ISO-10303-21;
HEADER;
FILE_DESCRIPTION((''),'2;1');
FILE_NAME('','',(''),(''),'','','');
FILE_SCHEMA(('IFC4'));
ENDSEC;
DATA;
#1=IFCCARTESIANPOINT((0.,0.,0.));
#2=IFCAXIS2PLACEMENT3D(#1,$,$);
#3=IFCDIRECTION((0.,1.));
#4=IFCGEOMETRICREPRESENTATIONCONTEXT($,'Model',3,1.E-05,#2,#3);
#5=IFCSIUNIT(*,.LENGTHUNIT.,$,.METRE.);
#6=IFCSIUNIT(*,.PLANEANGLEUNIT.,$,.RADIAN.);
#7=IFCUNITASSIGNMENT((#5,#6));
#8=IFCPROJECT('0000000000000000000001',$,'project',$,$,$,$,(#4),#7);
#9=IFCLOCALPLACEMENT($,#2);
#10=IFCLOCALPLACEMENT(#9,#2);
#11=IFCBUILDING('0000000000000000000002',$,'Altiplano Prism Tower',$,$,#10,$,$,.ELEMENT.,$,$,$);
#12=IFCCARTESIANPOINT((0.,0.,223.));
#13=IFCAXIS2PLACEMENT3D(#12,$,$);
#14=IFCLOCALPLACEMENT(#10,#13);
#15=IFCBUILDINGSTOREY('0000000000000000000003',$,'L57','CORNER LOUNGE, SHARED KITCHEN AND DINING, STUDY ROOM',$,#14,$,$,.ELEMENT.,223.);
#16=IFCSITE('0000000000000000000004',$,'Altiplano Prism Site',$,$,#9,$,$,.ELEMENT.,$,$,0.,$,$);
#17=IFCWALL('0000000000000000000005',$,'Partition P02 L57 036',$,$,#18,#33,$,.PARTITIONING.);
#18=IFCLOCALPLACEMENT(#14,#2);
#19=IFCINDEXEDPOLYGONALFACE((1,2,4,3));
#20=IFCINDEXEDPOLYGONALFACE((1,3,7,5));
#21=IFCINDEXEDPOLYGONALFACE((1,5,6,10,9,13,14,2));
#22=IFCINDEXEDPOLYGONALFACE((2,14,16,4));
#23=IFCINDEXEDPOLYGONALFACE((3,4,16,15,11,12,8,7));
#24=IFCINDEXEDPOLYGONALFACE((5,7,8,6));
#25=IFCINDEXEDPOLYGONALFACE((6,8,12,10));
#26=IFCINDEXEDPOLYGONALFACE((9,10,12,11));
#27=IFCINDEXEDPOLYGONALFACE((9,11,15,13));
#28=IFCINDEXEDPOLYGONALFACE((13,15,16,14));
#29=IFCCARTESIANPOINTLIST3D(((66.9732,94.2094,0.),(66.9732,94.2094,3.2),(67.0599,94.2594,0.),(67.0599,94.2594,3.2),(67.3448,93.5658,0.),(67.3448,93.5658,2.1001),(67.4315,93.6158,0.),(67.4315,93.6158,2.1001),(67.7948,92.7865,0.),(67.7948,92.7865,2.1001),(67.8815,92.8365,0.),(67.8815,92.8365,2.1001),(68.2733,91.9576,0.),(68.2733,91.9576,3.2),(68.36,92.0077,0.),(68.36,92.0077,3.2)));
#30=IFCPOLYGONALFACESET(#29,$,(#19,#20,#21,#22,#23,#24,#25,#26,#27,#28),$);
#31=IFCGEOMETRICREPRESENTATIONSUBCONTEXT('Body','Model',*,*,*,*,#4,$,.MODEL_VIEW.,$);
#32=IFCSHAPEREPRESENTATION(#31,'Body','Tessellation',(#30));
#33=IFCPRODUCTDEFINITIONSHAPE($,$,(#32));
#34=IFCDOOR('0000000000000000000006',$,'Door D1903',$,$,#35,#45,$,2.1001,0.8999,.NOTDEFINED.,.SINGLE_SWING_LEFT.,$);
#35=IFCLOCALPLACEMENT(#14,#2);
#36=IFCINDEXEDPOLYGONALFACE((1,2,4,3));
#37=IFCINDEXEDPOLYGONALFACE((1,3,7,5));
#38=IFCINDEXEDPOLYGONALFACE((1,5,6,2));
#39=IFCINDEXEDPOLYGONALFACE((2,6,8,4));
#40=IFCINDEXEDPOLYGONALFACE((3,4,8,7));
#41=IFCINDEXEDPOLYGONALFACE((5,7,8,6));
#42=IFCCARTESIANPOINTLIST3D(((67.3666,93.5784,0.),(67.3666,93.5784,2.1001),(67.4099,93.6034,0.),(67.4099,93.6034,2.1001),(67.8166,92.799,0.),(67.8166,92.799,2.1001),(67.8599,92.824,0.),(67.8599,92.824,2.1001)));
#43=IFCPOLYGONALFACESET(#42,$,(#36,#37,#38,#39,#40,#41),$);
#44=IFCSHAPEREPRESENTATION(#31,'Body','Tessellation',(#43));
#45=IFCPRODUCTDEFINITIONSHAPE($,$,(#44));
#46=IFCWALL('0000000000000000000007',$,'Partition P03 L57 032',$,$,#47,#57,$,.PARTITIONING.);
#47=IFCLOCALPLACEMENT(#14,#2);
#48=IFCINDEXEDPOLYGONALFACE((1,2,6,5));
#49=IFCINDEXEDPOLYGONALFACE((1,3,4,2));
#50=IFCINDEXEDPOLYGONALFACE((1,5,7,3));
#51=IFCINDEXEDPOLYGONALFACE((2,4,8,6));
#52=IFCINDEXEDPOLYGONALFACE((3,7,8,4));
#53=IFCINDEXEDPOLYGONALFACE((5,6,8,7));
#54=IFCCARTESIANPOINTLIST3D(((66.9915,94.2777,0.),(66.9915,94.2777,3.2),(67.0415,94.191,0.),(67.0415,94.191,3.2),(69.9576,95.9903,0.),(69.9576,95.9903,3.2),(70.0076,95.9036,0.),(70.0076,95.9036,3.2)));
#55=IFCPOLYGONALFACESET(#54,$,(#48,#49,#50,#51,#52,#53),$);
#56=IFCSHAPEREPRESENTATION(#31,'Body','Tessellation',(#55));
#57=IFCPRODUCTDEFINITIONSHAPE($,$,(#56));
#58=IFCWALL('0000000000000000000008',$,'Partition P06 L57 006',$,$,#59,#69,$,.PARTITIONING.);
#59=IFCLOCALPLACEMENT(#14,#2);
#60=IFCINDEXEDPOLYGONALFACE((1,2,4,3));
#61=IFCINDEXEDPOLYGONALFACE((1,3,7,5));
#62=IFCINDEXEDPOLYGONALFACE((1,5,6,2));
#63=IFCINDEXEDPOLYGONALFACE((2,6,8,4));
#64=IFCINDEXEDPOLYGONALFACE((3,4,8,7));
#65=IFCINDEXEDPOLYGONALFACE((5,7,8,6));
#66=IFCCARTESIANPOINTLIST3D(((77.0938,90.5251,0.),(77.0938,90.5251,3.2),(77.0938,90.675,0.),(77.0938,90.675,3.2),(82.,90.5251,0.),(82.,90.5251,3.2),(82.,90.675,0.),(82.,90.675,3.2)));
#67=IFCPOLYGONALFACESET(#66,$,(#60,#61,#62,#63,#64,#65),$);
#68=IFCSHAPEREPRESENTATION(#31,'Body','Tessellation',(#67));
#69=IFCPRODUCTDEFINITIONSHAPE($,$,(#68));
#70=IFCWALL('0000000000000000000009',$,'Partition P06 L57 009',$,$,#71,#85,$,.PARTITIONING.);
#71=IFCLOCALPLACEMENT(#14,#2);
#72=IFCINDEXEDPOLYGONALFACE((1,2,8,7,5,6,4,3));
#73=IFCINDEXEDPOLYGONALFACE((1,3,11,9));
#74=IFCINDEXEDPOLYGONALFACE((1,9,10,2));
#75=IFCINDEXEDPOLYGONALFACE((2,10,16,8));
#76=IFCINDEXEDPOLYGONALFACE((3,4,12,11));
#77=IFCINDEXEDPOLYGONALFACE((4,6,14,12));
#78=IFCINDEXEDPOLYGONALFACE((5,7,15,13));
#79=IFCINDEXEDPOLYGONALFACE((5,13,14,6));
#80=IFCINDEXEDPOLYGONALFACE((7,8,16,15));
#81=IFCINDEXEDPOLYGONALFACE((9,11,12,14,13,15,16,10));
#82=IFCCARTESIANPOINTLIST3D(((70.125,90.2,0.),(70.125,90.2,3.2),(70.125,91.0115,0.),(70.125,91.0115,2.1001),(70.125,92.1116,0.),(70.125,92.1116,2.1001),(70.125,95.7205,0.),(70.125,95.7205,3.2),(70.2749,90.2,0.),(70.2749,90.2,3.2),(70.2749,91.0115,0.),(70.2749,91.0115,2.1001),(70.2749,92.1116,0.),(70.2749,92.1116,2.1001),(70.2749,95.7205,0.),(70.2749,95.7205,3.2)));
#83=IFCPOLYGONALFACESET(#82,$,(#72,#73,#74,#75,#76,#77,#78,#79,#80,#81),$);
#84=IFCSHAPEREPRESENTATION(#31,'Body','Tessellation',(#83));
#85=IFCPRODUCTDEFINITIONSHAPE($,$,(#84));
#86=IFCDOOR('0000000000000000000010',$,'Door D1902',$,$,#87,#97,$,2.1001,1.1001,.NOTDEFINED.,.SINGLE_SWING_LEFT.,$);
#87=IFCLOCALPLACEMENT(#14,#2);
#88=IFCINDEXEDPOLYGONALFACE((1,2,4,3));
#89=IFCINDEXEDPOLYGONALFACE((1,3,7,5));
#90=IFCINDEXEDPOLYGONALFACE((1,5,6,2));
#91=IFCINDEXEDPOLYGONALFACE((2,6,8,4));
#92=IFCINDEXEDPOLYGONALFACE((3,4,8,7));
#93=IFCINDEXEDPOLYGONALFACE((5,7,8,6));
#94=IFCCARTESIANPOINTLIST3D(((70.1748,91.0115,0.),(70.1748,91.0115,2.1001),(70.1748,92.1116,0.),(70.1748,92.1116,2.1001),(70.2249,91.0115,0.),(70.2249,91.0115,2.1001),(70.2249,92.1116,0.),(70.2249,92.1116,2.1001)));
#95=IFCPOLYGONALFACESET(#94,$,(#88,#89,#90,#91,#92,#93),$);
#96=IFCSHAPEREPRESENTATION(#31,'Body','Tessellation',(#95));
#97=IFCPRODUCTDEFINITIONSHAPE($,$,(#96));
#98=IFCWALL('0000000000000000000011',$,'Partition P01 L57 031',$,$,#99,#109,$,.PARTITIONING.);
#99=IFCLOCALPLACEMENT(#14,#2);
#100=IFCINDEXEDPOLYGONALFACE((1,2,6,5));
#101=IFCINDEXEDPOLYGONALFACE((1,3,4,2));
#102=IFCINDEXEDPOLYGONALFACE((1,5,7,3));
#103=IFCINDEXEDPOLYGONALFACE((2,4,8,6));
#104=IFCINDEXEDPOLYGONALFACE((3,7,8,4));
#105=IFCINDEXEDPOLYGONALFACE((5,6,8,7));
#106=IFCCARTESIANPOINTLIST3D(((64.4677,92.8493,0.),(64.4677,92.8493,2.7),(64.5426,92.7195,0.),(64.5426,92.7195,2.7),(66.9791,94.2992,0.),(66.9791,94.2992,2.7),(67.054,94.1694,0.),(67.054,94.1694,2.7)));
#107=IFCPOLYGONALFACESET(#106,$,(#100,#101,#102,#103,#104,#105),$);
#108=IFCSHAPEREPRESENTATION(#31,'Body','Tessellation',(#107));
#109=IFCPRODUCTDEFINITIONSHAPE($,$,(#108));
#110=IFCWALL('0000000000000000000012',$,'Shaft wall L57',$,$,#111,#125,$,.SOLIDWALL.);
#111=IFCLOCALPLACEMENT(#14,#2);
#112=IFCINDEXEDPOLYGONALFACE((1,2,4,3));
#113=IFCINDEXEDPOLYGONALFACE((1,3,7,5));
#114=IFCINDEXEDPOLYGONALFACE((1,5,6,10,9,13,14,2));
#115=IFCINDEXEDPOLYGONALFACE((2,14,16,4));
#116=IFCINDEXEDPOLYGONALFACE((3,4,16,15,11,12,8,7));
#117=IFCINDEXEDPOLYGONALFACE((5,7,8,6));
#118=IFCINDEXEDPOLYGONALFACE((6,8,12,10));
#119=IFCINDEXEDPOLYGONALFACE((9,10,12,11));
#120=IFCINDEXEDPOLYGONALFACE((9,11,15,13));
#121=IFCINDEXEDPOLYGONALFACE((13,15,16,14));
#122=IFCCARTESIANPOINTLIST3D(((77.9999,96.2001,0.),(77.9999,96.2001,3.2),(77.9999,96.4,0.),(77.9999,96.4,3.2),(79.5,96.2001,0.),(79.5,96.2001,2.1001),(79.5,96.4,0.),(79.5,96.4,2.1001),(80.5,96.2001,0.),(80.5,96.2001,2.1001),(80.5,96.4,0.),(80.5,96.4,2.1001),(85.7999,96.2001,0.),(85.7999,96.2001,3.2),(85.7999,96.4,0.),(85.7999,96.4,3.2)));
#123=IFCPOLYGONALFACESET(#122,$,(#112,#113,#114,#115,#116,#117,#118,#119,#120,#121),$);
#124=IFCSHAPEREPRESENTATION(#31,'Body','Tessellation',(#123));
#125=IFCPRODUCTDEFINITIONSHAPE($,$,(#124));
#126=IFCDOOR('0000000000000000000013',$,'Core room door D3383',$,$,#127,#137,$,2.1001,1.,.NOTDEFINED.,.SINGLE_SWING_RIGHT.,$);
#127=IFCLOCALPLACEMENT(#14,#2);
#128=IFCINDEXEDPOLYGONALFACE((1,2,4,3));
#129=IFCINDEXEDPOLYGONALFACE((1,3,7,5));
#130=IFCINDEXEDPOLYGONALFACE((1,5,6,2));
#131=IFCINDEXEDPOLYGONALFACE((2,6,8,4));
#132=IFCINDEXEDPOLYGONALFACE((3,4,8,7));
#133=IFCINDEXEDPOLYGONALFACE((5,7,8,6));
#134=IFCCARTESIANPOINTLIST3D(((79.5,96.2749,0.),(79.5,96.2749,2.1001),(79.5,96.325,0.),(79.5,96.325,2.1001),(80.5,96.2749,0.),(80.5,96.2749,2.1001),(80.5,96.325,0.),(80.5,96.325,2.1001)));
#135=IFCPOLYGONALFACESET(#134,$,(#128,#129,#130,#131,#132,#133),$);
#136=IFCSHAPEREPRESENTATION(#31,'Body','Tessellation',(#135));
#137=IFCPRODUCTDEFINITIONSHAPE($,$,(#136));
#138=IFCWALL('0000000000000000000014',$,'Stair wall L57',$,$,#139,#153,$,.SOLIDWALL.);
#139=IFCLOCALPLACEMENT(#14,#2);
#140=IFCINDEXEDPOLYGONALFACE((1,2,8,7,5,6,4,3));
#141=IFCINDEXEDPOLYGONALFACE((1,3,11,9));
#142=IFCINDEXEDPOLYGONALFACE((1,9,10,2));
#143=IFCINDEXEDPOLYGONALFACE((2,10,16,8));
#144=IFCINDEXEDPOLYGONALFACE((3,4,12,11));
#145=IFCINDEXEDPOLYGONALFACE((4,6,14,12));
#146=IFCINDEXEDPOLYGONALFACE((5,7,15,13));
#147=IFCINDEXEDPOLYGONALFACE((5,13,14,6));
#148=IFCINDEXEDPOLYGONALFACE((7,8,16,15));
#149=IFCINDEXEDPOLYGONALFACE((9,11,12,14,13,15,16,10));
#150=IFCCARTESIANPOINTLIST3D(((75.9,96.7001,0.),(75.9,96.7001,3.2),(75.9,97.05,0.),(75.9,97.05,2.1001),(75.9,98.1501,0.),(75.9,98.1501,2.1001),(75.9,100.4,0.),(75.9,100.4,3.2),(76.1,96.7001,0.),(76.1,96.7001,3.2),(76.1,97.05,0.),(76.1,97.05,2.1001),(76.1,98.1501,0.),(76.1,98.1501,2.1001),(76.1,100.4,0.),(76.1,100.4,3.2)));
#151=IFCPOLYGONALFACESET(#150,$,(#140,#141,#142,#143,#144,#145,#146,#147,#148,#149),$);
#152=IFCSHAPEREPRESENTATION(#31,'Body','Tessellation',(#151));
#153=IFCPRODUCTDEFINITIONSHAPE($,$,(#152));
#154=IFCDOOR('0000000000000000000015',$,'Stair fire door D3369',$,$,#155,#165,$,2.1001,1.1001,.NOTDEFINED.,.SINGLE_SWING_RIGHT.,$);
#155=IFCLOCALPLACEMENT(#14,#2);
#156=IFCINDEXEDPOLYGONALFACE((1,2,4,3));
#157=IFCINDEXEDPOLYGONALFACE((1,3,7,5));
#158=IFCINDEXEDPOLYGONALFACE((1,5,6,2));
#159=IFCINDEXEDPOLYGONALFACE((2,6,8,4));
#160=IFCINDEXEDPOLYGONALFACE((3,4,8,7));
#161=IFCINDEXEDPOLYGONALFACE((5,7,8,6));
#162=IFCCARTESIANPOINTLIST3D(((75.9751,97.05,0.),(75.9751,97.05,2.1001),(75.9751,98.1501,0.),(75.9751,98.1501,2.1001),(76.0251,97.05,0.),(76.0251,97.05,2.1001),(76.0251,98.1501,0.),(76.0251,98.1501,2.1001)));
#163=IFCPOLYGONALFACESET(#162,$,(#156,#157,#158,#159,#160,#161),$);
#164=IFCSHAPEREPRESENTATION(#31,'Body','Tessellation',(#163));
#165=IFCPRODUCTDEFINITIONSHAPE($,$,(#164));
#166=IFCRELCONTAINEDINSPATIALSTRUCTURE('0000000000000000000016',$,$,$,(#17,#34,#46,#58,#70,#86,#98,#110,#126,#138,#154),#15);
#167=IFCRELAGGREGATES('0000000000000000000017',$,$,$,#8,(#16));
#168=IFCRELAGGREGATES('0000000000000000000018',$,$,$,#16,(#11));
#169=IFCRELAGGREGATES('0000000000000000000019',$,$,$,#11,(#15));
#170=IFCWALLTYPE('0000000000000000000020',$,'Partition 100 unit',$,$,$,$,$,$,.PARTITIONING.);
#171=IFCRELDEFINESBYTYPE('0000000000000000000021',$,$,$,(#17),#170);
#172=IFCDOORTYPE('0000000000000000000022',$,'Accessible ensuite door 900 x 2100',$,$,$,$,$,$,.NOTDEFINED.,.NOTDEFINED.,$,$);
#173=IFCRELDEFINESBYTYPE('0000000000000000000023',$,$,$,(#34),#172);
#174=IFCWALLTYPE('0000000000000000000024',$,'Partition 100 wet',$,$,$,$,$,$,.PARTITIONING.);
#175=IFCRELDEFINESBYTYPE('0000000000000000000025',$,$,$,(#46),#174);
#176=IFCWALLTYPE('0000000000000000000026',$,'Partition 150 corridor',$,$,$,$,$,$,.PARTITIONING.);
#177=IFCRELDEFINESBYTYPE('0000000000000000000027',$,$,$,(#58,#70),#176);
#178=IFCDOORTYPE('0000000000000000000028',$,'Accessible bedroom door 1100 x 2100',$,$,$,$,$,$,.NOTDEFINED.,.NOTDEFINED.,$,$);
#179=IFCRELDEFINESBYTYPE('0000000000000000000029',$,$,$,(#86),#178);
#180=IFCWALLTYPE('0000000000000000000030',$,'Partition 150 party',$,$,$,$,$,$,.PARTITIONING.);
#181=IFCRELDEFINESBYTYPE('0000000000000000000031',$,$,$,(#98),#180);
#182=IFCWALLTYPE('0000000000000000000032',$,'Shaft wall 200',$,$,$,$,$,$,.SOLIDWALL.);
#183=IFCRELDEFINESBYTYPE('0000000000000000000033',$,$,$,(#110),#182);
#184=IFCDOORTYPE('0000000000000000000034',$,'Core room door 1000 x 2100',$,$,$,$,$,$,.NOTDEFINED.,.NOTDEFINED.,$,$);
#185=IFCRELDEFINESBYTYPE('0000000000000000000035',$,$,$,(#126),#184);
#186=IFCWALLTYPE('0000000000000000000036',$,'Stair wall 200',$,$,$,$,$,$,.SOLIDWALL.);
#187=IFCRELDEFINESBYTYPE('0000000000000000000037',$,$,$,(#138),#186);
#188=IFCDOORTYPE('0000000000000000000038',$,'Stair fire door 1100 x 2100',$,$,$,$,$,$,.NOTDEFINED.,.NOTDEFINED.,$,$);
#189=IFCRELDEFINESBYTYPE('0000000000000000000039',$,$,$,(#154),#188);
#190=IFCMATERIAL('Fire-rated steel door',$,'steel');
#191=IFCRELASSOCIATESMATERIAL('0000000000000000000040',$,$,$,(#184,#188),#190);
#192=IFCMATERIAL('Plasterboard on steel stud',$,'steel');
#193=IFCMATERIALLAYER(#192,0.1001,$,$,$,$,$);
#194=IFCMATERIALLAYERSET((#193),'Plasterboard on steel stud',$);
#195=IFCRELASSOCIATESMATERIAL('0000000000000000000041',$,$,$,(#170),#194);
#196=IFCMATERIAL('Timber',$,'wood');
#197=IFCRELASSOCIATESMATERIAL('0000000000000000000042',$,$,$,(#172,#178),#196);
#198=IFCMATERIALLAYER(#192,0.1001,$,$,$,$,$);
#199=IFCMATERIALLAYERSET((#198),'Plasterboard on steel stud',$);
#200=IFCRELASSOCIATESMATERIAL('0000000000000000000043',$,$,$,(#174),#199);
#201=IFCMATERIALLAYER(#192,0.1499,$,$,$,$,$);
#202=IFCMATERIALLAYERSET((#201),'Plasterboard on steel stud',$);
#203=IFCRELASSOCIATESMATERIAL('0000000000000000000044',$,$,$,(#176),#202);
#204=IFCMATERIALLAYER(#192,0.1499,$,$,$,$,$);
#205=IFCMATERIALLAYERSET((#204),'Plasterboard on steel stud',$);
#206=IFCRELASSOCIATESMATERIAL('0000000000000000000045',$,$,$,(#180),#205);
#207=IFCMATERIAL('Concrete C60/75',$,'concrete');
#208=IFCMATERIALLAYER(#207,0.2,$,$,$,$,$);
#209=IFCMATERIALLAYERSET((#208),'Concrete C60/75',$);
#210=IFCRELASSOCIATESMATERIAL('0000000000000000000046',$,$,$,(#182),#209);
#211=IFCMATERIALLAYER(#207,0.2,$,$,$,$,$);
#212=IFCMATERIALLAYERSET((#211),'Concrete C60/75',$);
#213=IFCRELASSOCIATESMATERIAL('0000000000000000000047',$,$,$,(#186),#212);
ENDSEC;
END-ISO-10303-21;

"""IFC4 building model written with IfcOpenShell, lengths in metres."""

from ifc_helpers import new_model, si_unit, direction, frame, frame_2d, origin, place, context, subcontext, project, spatial, rectangle, extrude, material, layer, layer_set, type_object, element, fill, save


model = new_model("IFC4")

# Units and contexts
model_context = context("Model", 3, precision=1e-05, world=origin(), true_north=direction((0.0, 1.0)))
body_context = subcontext(model_context, "Body", "Model", "MODEL_VIEW")
ifc_project = project(units=[si_unit("LENGTHUNIT", "METRE"), si_unit("PLANEANGLEUNIT", "RADIAN")], contexts=[model_context])

# Site, building, storey
site_placement = place(None, origin())
site = spatial("IfcSite", under=ifc_project, at=site_placement, Name="Altiplano Prism Site", CompositionType="ELEMENT", RefElevation=0.0)
building_placement = place(site_placement, origin())
building = spatial("IfcBuilding", under=site, at=building_placement, Name="Altiplano Prism Tower", CompositionType="ELEMENT")
storey_placement = place(building_placement, frame((0.0, 0.0, 223.0)))
storey = spatial("IfcBuildingStorey", under=building, at=storey_placement, Name="L57", Description="CORNER LOUNGE, SHARED KITCHEN AND DINING, STUDY ROOM", CompositionType="ELEMENT", Elevation=223.0)

# Shared definitions
ifc_material_1 = material(Name="Concrete C60/75", Category="concrete")

# Shared definitions
ifc_material_2 = material(Name="Fire-rated steel door", Category="steel")
door_type_1 = type_object("IfcDoorType", Name="Core room door 1000 x 2100", OperationType="NOTDEFINED", PredefinedType="NOTDEFINED", material=ifc_material_2)

# Shared definitions
ifc_material_3 = material(Name="Plasterboard on steel stud", Category="steel")
ifc_layer_1 = layer(ifc_material_3, 0.1001)
ifc_layer_set_1 = layer_set([ifc_layer_1], Name="Plasterboard on steel stud")
wall_type_1 = type_object("IfcWallType", Name="Partition 100 unit", PredefinedType="PARTITIONING", material=ifc_layer_set_1)

# Wall, opening, door
wall_1_placement = place(storey_placement, frame((68.3167, 91.9827, 0.0), z_axis=(0.0, 0.0, 1.0), x_axis=(-0.500007, 0.866021, 0.0)))
wall_1 = element("IfcWall", 1, at=wall_1_placement, inside=storey, type_object=wall_type_1, Name="Partition P02 L57 036", PredefinedType="PARTITIONING", context=body_context, shape_type="SweptSolid", body=[
    extrude(rectangle(XDim=2.6001, YDim=0.1001, at=frame_2d((1.3, 0.0))), origin(), (0.0, 0.0, 1.0), 3.2),
])
opening_1_placement = place(wall_1_placement, frame((0.957, 0.0, 0.0)))
opening_1 = element("IfcOpeningElement", 2, at=opening_1_placement, cuts=wall_1, PredefinedType="OPENING", context=body_context, shape_type="SweptSolid", body=[
    extrude(rectangle(XDim=0.8999, YDim=2.1001, at=frame_2d((0.45, 1.05))), frame((0.0, 0.0605, 0.0), z_axis=(0.0, -1.0, 0.0), x_axis=(1.0, 0.0, 0.0)), (0.0, 0.0, 1.0), 0.1211),
])
ifc_material_4 = material(Name="Timber", Category="wood")
door_type_2 = type_object("IfcDoorType", Name="Accessible ensuite door 900 x 2100", OperationType="NOTDEFINED", PredefinedType="NOTDEFINED", material=ifc_material_4)
door_1_placement = place(opening_1_placement, origin())
door_1 = element("IfcDoor", 3, at=door_1_placement, inside=storey, type_object=door_type_2, Name="Door D1903", OperationType="SINGLE_SWING_LEFT", OverallHeight=2.1001, OverallWidth=0.8999, PredefinedType="NOTDEFINED", context=body_context, shape_type="SweptSolid", body=[
    extrude(rectangle(XDim=0.8999, YDim=2.1001, at=frame_2d((0.45, 1.05))), frame((0.0, 0.0249, 0.0), z_axis=(0.0, -1.0, 0.0), x_axis=(1.0, 0.0, 0.0)), (0.0, 0.0, 1.0), 0.05),
])
fill(opening_1, door_1)

# Walls
ifc_layer_2 = layer(ifc_material_3, 0.1001)
ifc_layer_set_2 = layer_set([ifc_layer_2], Name="Plasterboard on steel stud")
wall_type_2 = type_object("IfcWallType", Name="Partition 100 wet", PredefinedType="PARTITIONING", material=ifc_layer_set_2)
wall_2_placement = place(storey_placement, frame((67.0166, 94.2344, 0.0), z_axis=(0.0, 0.0, 1.0), x_axis=(0.866002, 0.500041, 0.0)))
element("IfcWall", 4, at=wall_2_placement, inside=storey, type_object=wall_type_2, Name="Partition P03 L57 032", PredefinedType="PARTITIONING", context=body_context, shape_type="SweptSolid", body=[
    extrude(rectangle(XDim=3.425, YDim=0.1001, at=frame_2d((1.7124, 0.0))), origin(), (0.0, 0.0, 1.0), 3.2),
])
ifc_layer_3 = layer(ifc_material_3, 0.1499)
ifc_layer_set_3 = layer_set([ifc_layer_3], Name="Plasterboard on steel stud")
wall_type_3 = type_object("IfcWallType", Name="Partition 150 corridor", PredefinedType="PARTITIONING", material=ifc_layer_set_3)
wall_3_placement = place(storey_placement, frame((77.0938, 90.6001, 0.0), z_axis=(0.0, 0.0, 1.0), x_axis=(1.0, 0.0, 0.0)))
element("IfcWall", 5, at=wall_3_placement, inside=storey, type_object=wall_type_3, Name="Partition P06 L57 006", PredefinedType="PARTITIONING", context=body_context, shape_type="SweptSolid", body=[
    extrude(rectangle(XDim=4.9062, YDim=0.1499, at=frame_2d((2.4531, 0.0))), origin(), (0.0, 0.0, 1.0), 3.2),
])

# Wall, opening, door
wall_4_placement = place(storey_placement, frame((70.2, 95.7205, 0.0), z_axis=(0.0, 0.0, 1.0), x_axis=(0.0, -1.0, 0.0)))
wall_4 = element("IfcWall", 6, at=wall_4_placement, inside=storey, type_object=wall_type_3, Name="Partition P06 L57 009", PredefinedType="PARTITIONING", context=body_context, shape_type="SweptSolid", body=[
    extrude(rectangle(XDim=5.5205, YDim=0.1499, at=frame_2d((2.7603, 0.0))), origin(), (0.0, 0.0, 1.0), 3.2),
])
opening_2_placement = place(wall_4_placement, frame((3.6089, 0.0, 0.0)))
opening_2 = element("IfcOpeningElement", 7, at=opening_2_placement, cuts=wall_4, PredefinedType="OPENING", context=body_context, shape_type="SweptSolid", body=[
    extrude(rectangle(XDim=1.1001, YDim=2.1001, at=frame_2d((0.55, 1.05))), frame((0.0, 0.0854, 0.0), z_axis=(0.0, -1.0, 0.0), x_axis=(1.0, 0.0, 0.0)), (0.0, 0.0, 1.0), 0.1709),
])
door_type_3 = type_object("IfcDoorType", Name="Accessible bedroom door 1100 x 2100", OperationType="NOTDEFINED", PredefinedType="NOTDEFINED", material=ifc_material_4)
door_2_placement = place(opening_2_placement, origin())
door_2 = element("IfcDoor", 8, at=door_2_placement, inside=storey, type_object=door_type_3, Name="Door D1902", OperationType="SINGLE_SWING_LEFT", OverallHeight=2.1001, OverallWidth=1.1001, PredefinedType="NOTDEFINED", context=body_context, shape_type="SweptSolid", body=[
    extrude(rectangle(XDim=1.1001, YDim=2.1001, at=frame_2d((0.55, 1.05))), frame((0.0, 0.0249, 0.0), z_axis=(0.0, -1.0, 0.0), x_axis=(1.0, 0.0, 0.0)), (0.0, 0.0, 1.0), 0.05),
])
fill(opening_2, door_2)

# Wall
ifc_layer_4 = layer(ifc_material_3, 0.1499)
ifc_layer_set_4 = layer_set([ifc_layer_4], Name="Plasterboard on steel stud")
wall_type_4 = type_object("IfcWallType", Name="Partition 150 party", PredefinedType="PARTITIONING", material=ifc_layer_set_4)
wall_5_placement = place(storey_placement, frame((64.5051, 92.7844, 0.0), z_axis=(0.0, 0.0, 1.0), x_axis=(0.866033, 0.499987, 0.0)))
element("IfcWall", 9, at=wall_5_placement, inside=storey, type_object=wall_type_4, Name="Partition P01 L57 031", PredefinedType="PARTITIONING", context=body_context, shape_type="SweptSolid", body=[
    extrude(rectangle(XDim=2.8999, YDim=0.1499, at=frame_2d((1.45, 0.0))), origin(), (0.0, 0.0, 1.0), 2.7),
])

# Walls, openings, doors
ifc_layer_5 = layer(ifc_material_1, 0.2)
ifc_layer_set_5 = layer_set([ifc_layer_5], Name="Concrete C60/75")
wall_type_5 = type_object("IfcWallType", Name="Shaft wall 200", PredefinedType="SOLIDWALL", material=ifc_layer_set_5)
wall_6_placement = place(storey_placement, frame((78.0, 96.3, 0.0), z_axis=(0.0, 0.0, 1.0), x_axis=(1.0, 0.0, 0.0)))
wall_6 = element("IfcWall", 10, at=wall_6_placement, inside=storey, type_object=wall_type_5, Name="Shaft wall L57", PredefinedType="SOLIDWALL", context=body_context, shape_type="SweptSolid", body=[
    extrude(rectangle(XDim=7.8, YDim=0.2, at=frame_2d((3.8999, 0.0))), origin(), (0.0, 0.0, 1.0), 3.2),
])
opening_3_placement = place(wall_6_placement, frame((1.5, 0.0, 0.0)))
opening_3 = element("IfcOpeningElement", 11, at=opening_3_placement, cuts=wall_6, PredefinedType="OPENING", context=body_context, shape_type="SweptSolid", body=[
    extrude(rectangle(XDim=1.0, YDim=2.1001, at=frame_2d((0.5, 1.05))), frame((0.0, 0.1104, 0.0), z_axis=(0.0, -1.0, 0.0), x_axis=(1.0, 0.0, 0.0)), (0.0, 0.0, 1.0), 0.2209),
])
door_3_placement = place(opening_3_placement, origin())
door_3 = element("IfcDoor", 12, at=door_3_placement, inside=storey, type_object=door_type_1, Name="Core room door D3383", OperationType="SINGLE_SWING_RIGHT", OverallHeight=2.1001, OverallWidth=1.0, PredefinedType="NOTDEFINED", context=body_context, shape_type="SweptSolid", body=[
    extrude(rectangle(XDim=1.0, YDim=2.1001, at=frame_2d((0.5, 1.05))), frame((0.0, 0.0249, 0.0), z_axis=(0.0, -1.0, 0.0), x_axis=(1.0, 0.0, 0.0)), (0.0, 0.0, 1.0), 0.05),
])
fill(opening_3, door_3)
ifc_layer_6 = layer(ifc_material_1, 0.2)
ifc_layer_set_6 = layer_set([ifc_layer_6], Name="Concrete C60/75")
wall_type_6 = type_object("IfcWallType", Name="Stair wall 200", PredefinedType="SOLIDWALL", material=ifc_layer_set_6)
wall_7_placement = place(storey_placement, frame((76.0, 96.7, 0.0), z_axis=(0.0, 0.0, 1.0), x_axis=(0.0, 1.0, 0.0)))
wall_7 = element("IfcWall", 13, at=wall_7_placement, inside=storey, type_object=wall_type_6, Name="Stair wall L57", PredefinedType="SOLIDWALL", context=body_context, shape_type="SweptSolid", body=[
    extrude(rectangle(XDim=3.7, YDim=0.2, at=frame_2d((1.8501, 0.0))), origin(), (0.0, 0.0, 1.0), 3.2),
])
opening_4_placement = place(wall_7_placement, frame((0.3501, 0.0, 0.0)))
opening_4 = element("IfcOpeningElement", 14, at=opening_4_placement, cuts=wall_7, PredefinedType="OPENING", context=body_context, shape_type="SweptSolid", body=[
    extrude(rectangle(XDim=1.1001, YDim=2.1001, at=frame_2d((0.55, 1.05))), frame((0.0, 0.1104, 0.0), z_axis=(0.0, -1.0, 0.0), x_axis=(1.0, 0.0, 0.0)), (0.0, 0.0, 1.0), 0.2209),
])
door_type_4 = type_object("IfcDoorType", Name="Stair fire door 1100 x 2100", OperationType="NOTDEFINED", PredefinedType="NOTDEFINED", material=ifc_material_2)
door_4_placement = place(opening_4_placement, origin())
door_4 = element("IfcDoor", 15, at=door_4_placement, inside=storey, type_object=door_type_4, Name="Stair fire door D3369", OperationType="SINGLE_SWING_RIGHT", OverallHeight=2.1001, OverallWidth=1.1001, PredefinedType="NOTDEFINED", context=body_context, shape_type="SweptSolid", body=[
    extrude(rectangle(XDim=1.1001, YDim=2.1001, at=frame_2d((0.55, 1.05))), frame((0.0, 0.0249, 0.0), z_axis=(0.0, -1.0, 0.0), x_axis=(1.0, 0.0, 0.0)), (0.0, 0.0, 1.0), 0.05),
])
fill(opening_4, door_4)

save(model, "model.ifc")
